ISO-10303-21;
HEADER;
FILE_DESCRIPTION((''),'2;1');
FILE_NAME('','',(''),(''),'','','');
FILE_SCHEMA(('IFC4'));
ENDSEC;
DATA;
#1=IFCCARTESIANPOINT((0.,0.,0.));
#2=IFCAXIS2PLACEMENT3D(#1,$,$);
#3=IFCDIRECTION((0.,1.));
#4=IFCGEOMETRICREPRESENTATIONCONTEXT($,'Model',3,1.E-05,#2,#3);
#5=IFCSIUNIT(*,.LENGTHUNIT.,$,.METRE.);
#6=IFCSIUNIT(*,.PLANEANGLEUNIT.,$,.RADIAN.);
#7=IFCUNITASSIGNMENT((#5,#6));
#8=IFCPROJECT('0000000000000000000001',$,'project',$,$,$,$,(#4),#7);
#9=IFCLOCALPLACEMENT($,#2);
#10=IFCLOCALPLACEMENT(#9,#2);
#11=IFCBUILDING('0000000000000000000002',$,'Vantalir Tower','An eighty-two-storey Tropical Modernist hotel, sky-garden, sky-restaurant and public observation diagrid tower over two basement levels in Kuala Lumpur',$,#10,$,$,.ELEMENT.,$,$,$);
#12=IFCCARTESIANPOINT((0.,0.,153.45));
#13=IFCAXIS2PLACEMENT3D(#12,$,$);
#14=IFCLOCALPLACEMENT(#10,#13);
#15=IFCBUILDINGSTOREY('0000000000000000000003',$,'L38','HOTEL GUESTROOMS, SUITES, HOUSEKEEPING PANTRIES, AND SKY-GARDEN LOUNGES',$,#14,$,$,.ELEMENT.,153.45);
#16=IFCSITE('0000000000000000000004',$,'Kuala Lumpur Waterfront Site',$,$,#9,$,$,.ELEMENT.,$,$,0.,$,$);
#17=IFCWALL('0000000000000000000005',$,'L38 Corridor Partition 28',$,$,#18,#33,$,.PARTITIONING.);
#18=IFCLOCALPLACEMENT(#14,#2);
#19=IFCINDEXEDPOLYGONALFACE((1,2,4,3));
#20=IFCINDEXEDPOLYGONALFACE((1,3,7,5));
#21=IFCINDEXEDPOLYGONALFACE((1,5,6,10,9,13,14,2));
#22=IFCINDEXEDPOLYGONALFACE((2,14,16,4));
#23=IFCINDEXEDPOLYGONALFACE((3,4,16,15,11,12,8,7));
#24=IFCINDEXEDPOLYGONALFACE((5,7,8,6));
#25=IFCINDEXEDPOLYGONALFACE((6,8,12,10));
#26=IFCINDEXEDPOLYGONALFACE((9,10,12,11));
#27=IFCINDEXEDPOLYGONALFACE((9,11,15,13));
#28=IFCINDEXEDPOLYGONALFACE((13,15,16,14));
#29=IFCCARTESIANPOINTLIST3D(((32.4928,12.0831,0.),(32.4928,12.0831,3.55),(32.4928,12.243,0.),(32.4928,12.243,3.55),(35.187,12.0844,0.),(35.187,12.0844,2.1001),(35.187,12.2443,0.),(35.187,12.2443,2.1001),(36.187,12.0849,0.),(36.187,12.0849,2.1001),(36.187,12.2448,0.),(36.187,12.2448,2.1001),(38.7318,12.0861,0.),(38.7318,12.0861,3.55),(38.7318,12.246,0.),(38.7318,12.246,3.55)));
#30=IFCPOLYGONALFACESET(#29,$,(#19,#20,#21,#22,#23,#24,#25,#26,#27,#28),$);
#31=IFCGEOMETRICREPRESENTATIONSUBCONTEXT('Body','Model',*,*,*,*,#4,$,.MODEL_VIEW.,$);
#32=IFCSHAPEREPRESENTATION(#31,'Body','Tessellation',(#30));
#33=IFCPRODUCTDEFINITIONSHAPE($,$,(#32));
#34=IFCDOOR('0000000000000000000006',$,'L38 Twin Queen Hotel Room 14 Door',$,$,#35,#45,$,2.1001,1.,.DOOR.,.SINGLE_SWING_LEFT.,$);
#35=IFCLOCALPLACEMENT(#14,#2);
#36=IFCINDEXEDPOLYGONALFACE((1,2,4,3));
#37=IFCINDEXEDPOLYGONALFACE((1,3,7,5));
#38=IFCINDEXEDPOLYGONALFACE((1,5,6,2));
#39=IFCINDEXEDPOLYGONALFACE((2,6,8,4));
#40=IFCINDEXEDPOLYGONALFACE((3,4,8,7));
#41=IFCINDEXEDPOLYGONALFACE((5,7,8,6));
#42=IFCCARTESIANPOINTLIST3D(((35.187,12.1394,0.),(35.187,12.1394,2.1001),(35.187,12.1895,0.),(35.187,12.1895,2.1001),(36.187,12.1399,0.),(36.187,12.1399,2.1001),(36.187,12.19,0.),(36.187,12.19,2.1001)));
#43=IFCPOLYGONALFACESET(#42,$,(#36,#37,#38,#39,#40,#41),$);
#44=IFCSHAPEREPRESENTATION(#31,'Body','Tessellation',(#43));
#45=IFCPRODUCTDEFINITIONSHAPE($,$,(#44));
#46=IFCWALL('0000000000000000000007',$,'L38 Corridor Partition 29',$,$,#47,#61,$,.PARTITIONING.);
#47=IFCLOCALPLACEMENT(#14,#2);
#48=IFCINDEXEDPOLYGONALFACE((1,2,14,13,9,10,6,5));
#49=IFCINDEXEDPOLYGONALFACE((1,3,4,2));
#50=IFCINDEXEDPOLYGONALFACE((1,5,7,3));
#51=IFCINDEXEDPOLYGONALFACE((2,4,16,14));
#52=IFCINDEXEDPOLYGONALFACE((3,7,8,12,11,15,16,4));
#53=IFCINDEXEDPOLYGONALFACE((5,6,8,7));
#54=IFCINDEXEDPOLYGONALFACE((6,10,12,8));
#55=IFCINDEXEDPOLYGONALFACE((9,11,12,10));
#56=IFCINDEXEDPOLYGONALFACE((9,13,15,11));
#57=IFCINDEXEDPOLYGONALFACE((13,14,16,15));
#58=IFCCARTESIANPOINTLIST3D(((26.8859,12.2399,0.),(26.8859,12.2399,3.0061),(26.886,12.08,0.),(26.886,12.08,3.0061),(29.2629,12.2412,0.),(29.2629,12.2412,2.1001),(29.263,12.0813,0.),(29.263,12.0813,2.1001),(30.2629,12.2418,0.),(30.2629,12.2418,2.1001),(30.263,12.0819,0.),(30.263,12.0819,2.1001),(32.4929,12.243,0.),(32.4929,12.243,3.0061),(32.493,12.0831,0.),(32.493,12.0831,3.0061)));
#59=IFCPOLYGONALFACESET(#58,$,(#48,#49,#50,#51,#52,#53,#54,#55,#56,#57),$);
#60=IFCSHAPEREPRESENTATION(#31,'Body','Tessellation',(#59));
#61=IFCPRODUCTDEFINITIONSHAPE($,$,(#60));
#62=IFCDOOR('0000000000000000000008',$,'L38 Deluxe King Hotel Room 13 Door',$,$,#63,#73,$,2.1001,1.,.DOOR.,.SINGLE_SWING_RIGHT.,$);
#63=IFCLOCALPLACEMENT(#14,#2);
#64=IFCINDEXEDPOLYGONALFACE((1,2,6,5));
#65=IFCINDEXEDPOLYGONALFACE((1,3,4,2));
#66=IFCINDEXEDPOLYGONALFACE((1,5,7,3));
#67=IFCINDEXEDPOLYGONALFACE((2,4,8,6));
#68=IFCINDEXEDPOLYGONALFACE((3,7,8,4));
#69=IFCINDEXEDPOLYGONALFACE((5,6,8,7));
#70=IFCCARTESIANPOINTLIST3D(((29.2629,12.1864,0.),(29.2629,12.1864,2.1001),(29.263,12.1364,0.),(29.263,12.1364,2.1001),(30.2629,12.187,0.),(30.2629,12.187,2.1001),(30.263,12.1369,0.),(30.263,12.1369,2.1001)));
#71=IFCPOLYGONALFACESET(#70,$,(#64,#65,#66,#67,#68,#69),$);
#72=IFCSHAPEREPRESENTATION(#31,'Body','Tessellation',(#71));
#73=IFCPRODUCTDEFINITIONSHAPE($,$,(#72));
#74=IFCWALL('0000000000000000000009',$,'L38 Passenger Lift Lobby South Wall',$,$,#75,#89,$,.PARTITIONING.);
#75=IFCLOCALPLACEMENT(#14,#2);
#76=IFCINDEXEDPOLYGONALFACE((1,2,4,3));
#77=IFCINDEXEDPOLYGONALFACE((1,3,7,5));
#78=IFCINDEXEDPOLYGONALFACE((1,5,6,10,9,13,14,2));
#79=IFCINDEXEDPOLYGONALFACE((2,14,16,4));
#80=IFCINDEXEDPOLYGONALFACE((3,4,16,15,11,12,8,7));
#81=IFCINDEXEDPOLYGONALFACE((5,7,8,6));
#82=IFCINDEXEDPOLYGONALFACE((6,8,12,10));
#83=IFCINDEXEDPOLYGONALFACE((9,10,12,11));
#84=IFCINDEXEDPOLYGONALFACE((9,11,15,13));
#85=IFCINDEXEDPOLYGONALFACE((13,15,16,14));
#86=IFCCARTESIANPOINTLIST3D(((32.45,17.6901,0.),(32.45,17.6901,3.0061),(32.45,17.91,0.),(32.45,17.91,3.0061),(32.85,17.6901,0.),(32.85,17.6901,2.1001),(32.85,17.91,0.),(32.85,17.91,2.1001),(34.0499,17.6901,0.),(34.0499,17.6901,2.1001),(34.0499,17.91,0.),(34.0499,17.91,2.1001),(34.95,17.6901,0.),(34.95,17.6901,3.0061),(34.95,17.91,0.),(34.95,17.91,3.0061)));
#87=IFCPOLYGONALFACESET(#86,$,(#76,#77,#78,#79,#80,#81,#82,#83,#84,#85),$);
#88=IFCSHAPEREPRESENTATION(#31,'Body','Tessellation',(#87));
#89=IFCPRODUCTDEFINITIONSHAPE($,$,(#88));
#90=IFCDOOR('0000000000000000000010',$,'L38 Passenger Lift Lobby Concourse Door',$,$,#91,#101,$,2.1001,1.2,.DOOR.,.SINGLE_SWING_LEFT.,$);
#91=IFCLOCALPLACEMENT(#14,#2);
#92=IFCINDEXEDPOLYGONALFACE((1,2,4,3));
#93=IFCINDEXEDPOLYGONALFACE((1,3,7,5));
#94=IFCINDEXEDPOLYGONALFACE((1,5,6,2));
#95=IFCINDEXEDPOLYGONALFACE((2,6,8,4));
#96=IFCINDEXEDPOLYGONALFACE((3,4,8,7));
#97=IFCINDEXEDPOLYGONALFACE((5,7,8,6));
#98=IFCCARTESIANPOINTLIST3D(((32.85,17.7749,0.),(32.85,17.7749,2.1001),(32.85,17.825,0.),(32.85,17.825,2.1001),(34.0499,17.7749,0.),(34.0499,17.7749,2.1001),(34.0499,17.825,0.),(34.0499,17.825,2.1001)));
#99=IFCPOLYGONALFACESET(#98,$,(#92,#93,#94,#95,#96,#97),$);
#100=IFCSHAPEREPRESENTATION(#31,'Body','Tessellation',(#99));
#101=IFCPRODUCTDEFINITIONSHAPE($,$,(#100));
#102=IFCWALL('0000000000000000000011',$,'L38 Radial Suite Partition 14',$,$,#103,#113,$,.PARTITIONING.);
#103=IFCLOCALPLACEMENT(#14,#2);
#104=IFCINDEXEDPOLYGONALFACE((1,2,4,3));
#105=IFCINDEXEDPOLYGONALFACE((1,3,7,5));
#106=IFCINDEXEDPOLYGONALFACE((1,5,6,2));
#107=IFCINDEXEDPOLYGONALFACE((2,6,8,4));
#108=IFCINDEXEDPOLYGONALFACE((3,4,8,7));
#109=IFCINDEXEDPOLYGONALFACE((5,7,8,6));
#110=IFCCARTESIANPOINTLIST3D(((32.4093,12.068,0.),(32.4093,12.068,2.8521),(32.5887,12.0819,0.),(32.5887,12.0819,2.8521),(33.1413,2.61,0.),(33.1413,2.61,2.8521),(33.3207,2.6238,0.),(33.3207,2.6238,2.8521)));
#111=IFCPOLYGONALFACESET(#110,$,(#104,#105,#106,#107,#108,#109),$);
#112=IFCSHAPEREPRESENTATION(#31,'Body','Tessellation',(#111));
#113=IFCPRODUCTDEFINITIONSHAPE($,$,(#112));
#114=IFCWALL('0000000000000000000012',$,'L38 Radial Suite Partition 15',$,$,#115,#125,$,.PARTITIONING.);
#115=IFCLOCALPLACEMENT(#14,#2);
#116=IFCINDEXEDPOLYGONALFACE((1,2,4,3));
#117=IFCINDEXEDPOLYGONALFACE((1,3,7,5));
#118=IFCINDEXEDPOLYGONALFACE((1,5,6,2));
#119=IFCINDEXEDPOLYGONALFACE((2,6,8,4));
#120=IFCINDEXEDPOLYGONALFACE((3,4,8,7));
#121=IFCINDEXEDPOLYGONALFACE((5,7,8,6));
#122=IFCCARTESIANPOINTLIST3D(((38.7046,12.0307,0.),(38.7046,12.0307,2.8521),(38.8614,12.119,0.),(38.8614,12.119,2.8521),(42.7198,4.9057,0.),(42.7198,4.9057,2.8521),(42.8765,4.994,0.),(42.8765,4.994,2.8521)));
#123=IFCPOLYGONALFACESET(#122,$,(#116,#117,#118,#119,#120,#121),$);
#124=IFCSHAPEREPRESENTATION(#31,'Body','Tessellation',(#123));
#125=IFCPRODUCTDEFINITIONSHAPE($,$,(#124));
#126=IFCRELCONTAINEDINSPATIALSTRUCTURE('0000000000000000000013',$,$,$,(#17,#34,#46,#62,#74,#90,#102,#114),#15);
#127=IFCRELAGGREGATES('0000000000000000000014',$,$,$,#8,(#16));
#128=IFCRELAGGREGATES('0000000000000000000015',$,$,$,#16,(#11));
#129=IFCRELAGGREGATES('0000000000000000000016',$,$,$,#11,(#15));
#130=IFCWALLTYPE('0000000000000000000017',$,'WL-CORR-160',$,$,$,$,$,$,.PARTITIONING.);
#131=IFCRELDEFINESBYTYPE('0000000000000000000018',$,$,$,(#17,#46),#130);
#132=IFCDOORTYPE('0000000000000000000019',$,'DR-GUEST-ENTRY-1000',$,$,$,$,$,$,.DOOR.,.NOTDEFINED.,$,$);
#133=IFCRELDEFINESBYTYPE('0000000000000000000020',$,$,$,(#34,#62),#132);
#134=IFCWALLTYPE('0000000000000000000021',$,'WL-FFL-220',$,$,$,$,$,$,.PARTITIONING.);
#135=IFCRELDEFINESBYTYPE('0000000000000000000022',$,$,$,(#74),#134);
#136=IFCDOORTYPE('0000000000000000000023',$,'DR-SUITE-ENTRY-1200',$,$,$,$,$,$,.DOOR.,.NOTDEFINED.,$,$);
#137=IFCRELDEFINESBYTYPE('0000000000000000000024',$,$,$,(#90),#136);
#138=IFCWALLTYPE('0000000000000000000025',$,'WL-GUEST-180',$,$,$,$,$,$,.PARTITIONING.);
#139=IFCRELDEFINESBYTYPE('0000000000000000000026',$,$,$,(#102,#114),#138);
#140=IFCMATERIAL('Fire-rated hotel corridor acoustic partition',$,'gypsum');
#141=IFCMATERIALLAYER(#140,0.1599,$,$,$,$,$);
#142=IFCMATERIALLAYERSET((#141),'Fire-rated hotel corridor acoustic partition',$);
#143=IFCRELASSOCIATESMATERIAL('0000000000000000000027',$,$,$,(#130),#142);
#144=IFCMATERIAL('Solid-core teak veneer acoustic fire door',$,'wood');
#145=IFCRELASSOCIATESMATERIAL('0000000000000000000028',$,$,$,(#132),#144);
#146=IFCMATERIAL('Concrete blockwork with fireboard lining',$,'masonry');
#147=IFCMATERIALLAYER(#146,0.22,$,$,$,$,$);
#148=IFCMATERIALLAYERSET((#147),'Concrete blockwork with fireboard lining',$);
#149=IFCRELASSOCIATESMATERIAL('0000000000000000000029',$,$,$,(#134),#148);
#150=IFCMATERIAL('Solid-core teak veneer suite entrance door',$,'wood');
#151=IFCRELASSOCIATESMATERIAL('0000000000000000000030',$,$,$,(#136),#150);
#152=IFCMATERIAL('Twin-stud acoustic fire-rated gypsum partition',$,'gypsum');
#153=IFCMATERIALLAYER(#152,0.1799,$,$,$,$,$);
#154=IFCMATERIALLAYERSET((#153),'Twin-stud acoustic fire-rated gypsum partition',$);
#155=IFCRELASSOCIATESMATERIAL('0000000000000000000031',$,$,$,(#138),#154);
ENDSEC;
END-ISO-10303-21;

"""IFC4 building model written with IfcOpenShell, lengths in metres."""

from ifc_helpers import new_model, si_unit, direction, frame, frame_2d, origin, place, context, subcontext, project, spatial, rectangle, extrude, material, layer, layer_set, type_object, element, fill, save


model = new_model("IFC4")

# Units and contexts
model_context = context("Model", 3, precision=1e-05, world=origin(), true_north=direction((0.0, 1.0)))
body_context = subcontext(model_context, "Body", "Model", "MODEL_VIEW")
ifc_project = project(units=[si_unit("LENGTHUNIT", "METRE"), si_unit("PLANEANGLEUNIT", "RADIAN")], contexts=[model_context])

# Site, building, storey
site_placement = place(None, origin())
site = spatial("IfcSite", under=ifc_project, at=site_placement, Name="Kuala Lumpur Waterfront Site", CompositionType="ELEMENT", RefElevation=0.0)
building_placement = place(site_placement, origin())
building = spatial("IfcBuilding", under=site, at=building_placement, Name="Vantalir Tower", Description="An eighty-two-storey Tropical Modernist hotel, sky-garden, sky-restaurant and public observation diagrid tower over two basement levels in Kuala Lumpur", CompositionType="ELEMENT")
storey_placement = place(building_placement, frame((0.0, 0.0, 153.45)))
storey = spatial("IfcBuildingStorey", under=building, at=storey_placement, Name="L38", Description="HOTEL GUESTROOMS, SUITES, HOUSEKEEPING PANTRIES, AND SKY-GARDEN LOUNGES", CompositionType="ELEMENT", Elevation=153.45)

# Walls, openings, doors
ifc_material_1 = material(Name="Fire-rated hotel corridor acoustic partition", Category="gypsum")
ifc_layer_1 = layer(ifc_material_1, 0.1599)
ifc_layer_set_1 = layer_set([ifc_layer_1], Name="Fire-rated hotel corridor acoustic partition")
wall_type_1 = type_object("IfcWallType", Name="WL-CORR-160", PredefinedType="PARTITIONING", material=ifc_layer_set_1)
wall_1_placement = place(storey_placement, frame((38.7319, 12.166, 0.0), z_axis=(0.0, 0.0, 1.0), x_axis=(-1.0, -0.00047, 0.0)))
wall_1 = element("IfcWall", 1, at=wall_1_placement, inside=storey, type_object=wall_type_1, Name="L38 Corridor Partition 28", PredefinedType="PARTITIONING", context=body_context, shape_type="SweptSolid", body=[
    extrude(rectangle(XDim=6.239, YDim=0.1599, at=frame_2d((3.1196, 0.0))), origin(), (0.0, 0.0, 1.0), 3.55),
])
opening_1_placement = place(wall_1_placement, frame((2.5449, 0.0, 0.0)))
opening_1 = element("IfcOpeningElement", 2, at=opening_1_placement, cuts=wall_1, PredefinedType="OPENING", context=body_context, shape_type="SweptSolid", body=[
    extrude(rectangle(XDim=1.0, YDim=2.1001, at=frame_2d((0.5, 1.05))), frame((0.0, 0.0898, 0.0), z_axis=(0.0, -1.0, 0.0), x_axis=(1.0, 0.0, 0.0)), (0.0, 0.0, 1.0), 0.1799),
])
ifc_material_2 = material(Name="Solid-core teak veneer acoustic fire door", Category="wood")
door_type_1 = type_object("IfcDoorType", Name="DR-GUEST-ENTRY-1000", OperationType="NOTDEFINED", PredefinedType="DOOR", material=ifc_material_2)
door_1_placement = place(opening_1_placement, origin())
door_1 = element("IfcDoor", 3, at=door_1_placement, inside=storey, type_object=door_type_1, Name="L38 Twin Queen Hotel Room 14 Door", OperationType="SINGLE_SWING_LEFT", OverallHeight=2.1001, OverallWidth=1.0, PredefinedType="DOOR", context=body_context, shape_type="SweptSolid", body=[
    extrude(rectangle(XDim=1.0, YDim=2.1001, at=frame_2d((0.5, 1.05))), frame((0.0, 0.0249, 0.0), z_axis=(0.0, -1.0, 0.0), x_axis=(1.0, 0.0, 0.0)), (0.0, 0.0, 1.0), 0.05),
])
fill(opening_1, door_1)
wall_2_placement = place(storey_placement, frame((32.4929, 12.1631, 0.0), z_axis=(0.0, 0.0, 1.0), x_axis=(-1.0, -0.000566, 0.0)))
wall_2 = element("IfcWall", 4, at=wall_2_placement, inside=storey, type_object=wall_type_1, Name="L38 Corridor Partition 29", PredefinedType="PARTITIONING", context=body_context, shape_type="SweptSolid", body=[
    extrude(rectangle(XDim=5.6069, YDim=0.1599, at=frame_2d((2.8035, 0.0))), origin(), (0.0, 0.0, 1.0), 3.0061),
])
opening_2_placement = place(wall_2_placement, frame((2.23, 0.0, 0.0)))
opening_2 = element("IfcOpeningElement", 5, at=opening_2_placement, cuts=wall_2, PredefinedType="OPENING", context=body_context, shape_type="SweptSolid", body=[
    extrude(rectangle(XDim=1.0, YDim=2.1001, at=frame_2d((0.5, 1.05))), frame((0.0, 0.0898, 0.0), z_axis=(0.0, -1.0, 0.0), x_axis=(1.0, 0.0, 0.0)), (0.0, 0.0, 1.0), 0.1799),
])
door_2_placement = place(opening_2_placement, origin())
door_2 = element("IfcDoor", 6, at=door_2_placement, inside=storey, type_object=door_type_1, Name="L38 Deluxe King Hotel Room 13 Door", OperationType="SINGLE_SWING_RIGHT", OverallHeight=2.1001, OverallWidth=1.0, PredefinedType="DOOR", context=body_context, shape_type="SweptSolid", body=[
    extrude(rectangle(XDim=1.0, YDim=2.1001, at=frame_2d((0.5, 1.05))), frame((0.0, 0.0249, 0.0), z_axis=(0.0, -1.0, 0.0), x_axis=(1.0, 0.0, 0.0)), (0.0, 0.0, 1.0), 0.05),
])
fill(opening_2, door_2)
ifc_material_3 = material(Name="Concrete blockwork with fireboard lining", Category="masonry")
ifc_layer_2 = layer(ifc_material_3, 0.22)
ifc_layer_set_2 = layer_set([ifc_layer_2], Name="Concrete blockwork with fireboard lining")
wall_type_2 = type_object("IfcWallType", Name="WL-FFL-220", PredefinedType="PARTITIONING", material=ifc_layer_set_2)
wall_3_placement = place(storey_placement, frame((32.45, 17.8, 0.0), z_axis=(0.0, 0.0, 1.0), x_axis=(1.0, 0.0, 0.0)))
wall_3 = element("IfcWall", 7, at=wall_3_placement, inside=storey, type_object=wall_type_2, Name="L38 Passenger Lift Lobby South Wall", PredefinedType="PARTITIONING", context=body_context, shape_type="SweptSolid", body=[
    extrude(rectangle(XDim=2.5, YDim=0.22, at=frame_2d((1.25, 0.0))), origin(), (0.0, 0.0, 1.0), 3.0061),
])
opening_3_placement = place(wall_3_placement, frame((0.3999, 0.0, 0.0)))
opening_3 = element("IfcOpeningElement", 8, at=opening_3_placement, cuts=wall_3, PredefinedType="OPENING", context=body_context, shape_type="SweptSolid", body=[
    extrude(rectangle(XDim=1.2, YDim=2.1001, at=frame_2d((0.6001, 1.05))), frame((0.0, 0.1199, 0.0), z_axis=(0.0, -1.0, 0.0), x_axis=(1.0, 0.0, 0.0)), (0.0, 0.0, 1.0), 0.24),
])
ifc_material_4 = material(Name="Solid-core teak veneer suite entrance door", Category="wood")
door_type_2 = type_object("IfcDoorType", Name="DR-SUITE-ENTRY-1200", OperationType="NOTDEFINED", PredefinedType="DOOR", material=ifc_material_4)
door_3_placement = place(opening_3_placement, origin())
door_3 = element("IfcDoor", 9, at=door_3_placement, inside=storey, type_object=door_type_2, Name="L38 Passenger Lift Lobby Concourse Door", OperationType="SINGLE_SWING_LEFT", OverallHeight=2.1001, OverallWidth=1.2, PredefinedType="DOOR", context=body_context, shape_type="SweptSolid", body=[
    extrude(rectangle(XDim=1.2, YDim=2.1001, at=frame_2d((0.6001, 1.05))), frame((0.0, 0.0249, 0.0), z_axis=(0.0, -1.0, 0.0), x_axis=(1.0, 0.0, 0.0)), (0.0, 0.0, 1.0), 0.05),
])
fill(opening_3, door_3)

# Walls
ifc_material_5 = material(Name="Twin-stud acoustic fire-rated gypsum partition", Category="gypsum")
ifc_layer_3 = layer(ifc_material_5, 0.1799)
ifc_layer_set_3 = layer_set([ifc_layer_3], Name="Twin-stud acoustic fire-rated gypsum partition")
wall_type_3 = type_object("IfcWallType", Name="WL-GUEST-180", PredefinedType="PARTITIONING", material=ifc_layer_set_3)
wall_4_placement = place(storey_placement, frame((32.499, 12.075, 0.0), z_axis=(0.0, 0.0, 1.0), x_axis=(0.077157, -0.997019, 0.0)))
element("IfcWall", 10, at=wall_4_placement, inside=storey, type_object=wall_type_3, Name="L38 Radial Suite Partition 14", PredefinedType="PARTITIONING", context=body_context, shape_type="SweptSolid", body=[
    extrude(rectangle(XDim=9.4863, YDim=0.1799, at=frame_2d((4.7432, 0.0))), origin(), (0.0, 0.0, 1.0), 2.8521),
])
wall_5_placement = place(storey_placement, frame((38.783, 12.075, 0.0), z_axis=(0.0, 0.0, 1.0), x_axis=(0.490941, -0.871193, 0.0)))
element("IfcWall", 11, at=wall_5_placement, inside=storey, type_object=wall_type_3, Name="L38 Radial Suite Partition 15", PredefinedType="PARTITIONING", context=body_context, shape_type="SweptSolid", body=[
    extrude(rectangle(XDim=8.1785, YDim=0.1799, at=frame_2d((4.0894, 0.0))), origin(), (0.0, 0.0, 1.0), 2.8521),
])

save(model, "model.ifc")
